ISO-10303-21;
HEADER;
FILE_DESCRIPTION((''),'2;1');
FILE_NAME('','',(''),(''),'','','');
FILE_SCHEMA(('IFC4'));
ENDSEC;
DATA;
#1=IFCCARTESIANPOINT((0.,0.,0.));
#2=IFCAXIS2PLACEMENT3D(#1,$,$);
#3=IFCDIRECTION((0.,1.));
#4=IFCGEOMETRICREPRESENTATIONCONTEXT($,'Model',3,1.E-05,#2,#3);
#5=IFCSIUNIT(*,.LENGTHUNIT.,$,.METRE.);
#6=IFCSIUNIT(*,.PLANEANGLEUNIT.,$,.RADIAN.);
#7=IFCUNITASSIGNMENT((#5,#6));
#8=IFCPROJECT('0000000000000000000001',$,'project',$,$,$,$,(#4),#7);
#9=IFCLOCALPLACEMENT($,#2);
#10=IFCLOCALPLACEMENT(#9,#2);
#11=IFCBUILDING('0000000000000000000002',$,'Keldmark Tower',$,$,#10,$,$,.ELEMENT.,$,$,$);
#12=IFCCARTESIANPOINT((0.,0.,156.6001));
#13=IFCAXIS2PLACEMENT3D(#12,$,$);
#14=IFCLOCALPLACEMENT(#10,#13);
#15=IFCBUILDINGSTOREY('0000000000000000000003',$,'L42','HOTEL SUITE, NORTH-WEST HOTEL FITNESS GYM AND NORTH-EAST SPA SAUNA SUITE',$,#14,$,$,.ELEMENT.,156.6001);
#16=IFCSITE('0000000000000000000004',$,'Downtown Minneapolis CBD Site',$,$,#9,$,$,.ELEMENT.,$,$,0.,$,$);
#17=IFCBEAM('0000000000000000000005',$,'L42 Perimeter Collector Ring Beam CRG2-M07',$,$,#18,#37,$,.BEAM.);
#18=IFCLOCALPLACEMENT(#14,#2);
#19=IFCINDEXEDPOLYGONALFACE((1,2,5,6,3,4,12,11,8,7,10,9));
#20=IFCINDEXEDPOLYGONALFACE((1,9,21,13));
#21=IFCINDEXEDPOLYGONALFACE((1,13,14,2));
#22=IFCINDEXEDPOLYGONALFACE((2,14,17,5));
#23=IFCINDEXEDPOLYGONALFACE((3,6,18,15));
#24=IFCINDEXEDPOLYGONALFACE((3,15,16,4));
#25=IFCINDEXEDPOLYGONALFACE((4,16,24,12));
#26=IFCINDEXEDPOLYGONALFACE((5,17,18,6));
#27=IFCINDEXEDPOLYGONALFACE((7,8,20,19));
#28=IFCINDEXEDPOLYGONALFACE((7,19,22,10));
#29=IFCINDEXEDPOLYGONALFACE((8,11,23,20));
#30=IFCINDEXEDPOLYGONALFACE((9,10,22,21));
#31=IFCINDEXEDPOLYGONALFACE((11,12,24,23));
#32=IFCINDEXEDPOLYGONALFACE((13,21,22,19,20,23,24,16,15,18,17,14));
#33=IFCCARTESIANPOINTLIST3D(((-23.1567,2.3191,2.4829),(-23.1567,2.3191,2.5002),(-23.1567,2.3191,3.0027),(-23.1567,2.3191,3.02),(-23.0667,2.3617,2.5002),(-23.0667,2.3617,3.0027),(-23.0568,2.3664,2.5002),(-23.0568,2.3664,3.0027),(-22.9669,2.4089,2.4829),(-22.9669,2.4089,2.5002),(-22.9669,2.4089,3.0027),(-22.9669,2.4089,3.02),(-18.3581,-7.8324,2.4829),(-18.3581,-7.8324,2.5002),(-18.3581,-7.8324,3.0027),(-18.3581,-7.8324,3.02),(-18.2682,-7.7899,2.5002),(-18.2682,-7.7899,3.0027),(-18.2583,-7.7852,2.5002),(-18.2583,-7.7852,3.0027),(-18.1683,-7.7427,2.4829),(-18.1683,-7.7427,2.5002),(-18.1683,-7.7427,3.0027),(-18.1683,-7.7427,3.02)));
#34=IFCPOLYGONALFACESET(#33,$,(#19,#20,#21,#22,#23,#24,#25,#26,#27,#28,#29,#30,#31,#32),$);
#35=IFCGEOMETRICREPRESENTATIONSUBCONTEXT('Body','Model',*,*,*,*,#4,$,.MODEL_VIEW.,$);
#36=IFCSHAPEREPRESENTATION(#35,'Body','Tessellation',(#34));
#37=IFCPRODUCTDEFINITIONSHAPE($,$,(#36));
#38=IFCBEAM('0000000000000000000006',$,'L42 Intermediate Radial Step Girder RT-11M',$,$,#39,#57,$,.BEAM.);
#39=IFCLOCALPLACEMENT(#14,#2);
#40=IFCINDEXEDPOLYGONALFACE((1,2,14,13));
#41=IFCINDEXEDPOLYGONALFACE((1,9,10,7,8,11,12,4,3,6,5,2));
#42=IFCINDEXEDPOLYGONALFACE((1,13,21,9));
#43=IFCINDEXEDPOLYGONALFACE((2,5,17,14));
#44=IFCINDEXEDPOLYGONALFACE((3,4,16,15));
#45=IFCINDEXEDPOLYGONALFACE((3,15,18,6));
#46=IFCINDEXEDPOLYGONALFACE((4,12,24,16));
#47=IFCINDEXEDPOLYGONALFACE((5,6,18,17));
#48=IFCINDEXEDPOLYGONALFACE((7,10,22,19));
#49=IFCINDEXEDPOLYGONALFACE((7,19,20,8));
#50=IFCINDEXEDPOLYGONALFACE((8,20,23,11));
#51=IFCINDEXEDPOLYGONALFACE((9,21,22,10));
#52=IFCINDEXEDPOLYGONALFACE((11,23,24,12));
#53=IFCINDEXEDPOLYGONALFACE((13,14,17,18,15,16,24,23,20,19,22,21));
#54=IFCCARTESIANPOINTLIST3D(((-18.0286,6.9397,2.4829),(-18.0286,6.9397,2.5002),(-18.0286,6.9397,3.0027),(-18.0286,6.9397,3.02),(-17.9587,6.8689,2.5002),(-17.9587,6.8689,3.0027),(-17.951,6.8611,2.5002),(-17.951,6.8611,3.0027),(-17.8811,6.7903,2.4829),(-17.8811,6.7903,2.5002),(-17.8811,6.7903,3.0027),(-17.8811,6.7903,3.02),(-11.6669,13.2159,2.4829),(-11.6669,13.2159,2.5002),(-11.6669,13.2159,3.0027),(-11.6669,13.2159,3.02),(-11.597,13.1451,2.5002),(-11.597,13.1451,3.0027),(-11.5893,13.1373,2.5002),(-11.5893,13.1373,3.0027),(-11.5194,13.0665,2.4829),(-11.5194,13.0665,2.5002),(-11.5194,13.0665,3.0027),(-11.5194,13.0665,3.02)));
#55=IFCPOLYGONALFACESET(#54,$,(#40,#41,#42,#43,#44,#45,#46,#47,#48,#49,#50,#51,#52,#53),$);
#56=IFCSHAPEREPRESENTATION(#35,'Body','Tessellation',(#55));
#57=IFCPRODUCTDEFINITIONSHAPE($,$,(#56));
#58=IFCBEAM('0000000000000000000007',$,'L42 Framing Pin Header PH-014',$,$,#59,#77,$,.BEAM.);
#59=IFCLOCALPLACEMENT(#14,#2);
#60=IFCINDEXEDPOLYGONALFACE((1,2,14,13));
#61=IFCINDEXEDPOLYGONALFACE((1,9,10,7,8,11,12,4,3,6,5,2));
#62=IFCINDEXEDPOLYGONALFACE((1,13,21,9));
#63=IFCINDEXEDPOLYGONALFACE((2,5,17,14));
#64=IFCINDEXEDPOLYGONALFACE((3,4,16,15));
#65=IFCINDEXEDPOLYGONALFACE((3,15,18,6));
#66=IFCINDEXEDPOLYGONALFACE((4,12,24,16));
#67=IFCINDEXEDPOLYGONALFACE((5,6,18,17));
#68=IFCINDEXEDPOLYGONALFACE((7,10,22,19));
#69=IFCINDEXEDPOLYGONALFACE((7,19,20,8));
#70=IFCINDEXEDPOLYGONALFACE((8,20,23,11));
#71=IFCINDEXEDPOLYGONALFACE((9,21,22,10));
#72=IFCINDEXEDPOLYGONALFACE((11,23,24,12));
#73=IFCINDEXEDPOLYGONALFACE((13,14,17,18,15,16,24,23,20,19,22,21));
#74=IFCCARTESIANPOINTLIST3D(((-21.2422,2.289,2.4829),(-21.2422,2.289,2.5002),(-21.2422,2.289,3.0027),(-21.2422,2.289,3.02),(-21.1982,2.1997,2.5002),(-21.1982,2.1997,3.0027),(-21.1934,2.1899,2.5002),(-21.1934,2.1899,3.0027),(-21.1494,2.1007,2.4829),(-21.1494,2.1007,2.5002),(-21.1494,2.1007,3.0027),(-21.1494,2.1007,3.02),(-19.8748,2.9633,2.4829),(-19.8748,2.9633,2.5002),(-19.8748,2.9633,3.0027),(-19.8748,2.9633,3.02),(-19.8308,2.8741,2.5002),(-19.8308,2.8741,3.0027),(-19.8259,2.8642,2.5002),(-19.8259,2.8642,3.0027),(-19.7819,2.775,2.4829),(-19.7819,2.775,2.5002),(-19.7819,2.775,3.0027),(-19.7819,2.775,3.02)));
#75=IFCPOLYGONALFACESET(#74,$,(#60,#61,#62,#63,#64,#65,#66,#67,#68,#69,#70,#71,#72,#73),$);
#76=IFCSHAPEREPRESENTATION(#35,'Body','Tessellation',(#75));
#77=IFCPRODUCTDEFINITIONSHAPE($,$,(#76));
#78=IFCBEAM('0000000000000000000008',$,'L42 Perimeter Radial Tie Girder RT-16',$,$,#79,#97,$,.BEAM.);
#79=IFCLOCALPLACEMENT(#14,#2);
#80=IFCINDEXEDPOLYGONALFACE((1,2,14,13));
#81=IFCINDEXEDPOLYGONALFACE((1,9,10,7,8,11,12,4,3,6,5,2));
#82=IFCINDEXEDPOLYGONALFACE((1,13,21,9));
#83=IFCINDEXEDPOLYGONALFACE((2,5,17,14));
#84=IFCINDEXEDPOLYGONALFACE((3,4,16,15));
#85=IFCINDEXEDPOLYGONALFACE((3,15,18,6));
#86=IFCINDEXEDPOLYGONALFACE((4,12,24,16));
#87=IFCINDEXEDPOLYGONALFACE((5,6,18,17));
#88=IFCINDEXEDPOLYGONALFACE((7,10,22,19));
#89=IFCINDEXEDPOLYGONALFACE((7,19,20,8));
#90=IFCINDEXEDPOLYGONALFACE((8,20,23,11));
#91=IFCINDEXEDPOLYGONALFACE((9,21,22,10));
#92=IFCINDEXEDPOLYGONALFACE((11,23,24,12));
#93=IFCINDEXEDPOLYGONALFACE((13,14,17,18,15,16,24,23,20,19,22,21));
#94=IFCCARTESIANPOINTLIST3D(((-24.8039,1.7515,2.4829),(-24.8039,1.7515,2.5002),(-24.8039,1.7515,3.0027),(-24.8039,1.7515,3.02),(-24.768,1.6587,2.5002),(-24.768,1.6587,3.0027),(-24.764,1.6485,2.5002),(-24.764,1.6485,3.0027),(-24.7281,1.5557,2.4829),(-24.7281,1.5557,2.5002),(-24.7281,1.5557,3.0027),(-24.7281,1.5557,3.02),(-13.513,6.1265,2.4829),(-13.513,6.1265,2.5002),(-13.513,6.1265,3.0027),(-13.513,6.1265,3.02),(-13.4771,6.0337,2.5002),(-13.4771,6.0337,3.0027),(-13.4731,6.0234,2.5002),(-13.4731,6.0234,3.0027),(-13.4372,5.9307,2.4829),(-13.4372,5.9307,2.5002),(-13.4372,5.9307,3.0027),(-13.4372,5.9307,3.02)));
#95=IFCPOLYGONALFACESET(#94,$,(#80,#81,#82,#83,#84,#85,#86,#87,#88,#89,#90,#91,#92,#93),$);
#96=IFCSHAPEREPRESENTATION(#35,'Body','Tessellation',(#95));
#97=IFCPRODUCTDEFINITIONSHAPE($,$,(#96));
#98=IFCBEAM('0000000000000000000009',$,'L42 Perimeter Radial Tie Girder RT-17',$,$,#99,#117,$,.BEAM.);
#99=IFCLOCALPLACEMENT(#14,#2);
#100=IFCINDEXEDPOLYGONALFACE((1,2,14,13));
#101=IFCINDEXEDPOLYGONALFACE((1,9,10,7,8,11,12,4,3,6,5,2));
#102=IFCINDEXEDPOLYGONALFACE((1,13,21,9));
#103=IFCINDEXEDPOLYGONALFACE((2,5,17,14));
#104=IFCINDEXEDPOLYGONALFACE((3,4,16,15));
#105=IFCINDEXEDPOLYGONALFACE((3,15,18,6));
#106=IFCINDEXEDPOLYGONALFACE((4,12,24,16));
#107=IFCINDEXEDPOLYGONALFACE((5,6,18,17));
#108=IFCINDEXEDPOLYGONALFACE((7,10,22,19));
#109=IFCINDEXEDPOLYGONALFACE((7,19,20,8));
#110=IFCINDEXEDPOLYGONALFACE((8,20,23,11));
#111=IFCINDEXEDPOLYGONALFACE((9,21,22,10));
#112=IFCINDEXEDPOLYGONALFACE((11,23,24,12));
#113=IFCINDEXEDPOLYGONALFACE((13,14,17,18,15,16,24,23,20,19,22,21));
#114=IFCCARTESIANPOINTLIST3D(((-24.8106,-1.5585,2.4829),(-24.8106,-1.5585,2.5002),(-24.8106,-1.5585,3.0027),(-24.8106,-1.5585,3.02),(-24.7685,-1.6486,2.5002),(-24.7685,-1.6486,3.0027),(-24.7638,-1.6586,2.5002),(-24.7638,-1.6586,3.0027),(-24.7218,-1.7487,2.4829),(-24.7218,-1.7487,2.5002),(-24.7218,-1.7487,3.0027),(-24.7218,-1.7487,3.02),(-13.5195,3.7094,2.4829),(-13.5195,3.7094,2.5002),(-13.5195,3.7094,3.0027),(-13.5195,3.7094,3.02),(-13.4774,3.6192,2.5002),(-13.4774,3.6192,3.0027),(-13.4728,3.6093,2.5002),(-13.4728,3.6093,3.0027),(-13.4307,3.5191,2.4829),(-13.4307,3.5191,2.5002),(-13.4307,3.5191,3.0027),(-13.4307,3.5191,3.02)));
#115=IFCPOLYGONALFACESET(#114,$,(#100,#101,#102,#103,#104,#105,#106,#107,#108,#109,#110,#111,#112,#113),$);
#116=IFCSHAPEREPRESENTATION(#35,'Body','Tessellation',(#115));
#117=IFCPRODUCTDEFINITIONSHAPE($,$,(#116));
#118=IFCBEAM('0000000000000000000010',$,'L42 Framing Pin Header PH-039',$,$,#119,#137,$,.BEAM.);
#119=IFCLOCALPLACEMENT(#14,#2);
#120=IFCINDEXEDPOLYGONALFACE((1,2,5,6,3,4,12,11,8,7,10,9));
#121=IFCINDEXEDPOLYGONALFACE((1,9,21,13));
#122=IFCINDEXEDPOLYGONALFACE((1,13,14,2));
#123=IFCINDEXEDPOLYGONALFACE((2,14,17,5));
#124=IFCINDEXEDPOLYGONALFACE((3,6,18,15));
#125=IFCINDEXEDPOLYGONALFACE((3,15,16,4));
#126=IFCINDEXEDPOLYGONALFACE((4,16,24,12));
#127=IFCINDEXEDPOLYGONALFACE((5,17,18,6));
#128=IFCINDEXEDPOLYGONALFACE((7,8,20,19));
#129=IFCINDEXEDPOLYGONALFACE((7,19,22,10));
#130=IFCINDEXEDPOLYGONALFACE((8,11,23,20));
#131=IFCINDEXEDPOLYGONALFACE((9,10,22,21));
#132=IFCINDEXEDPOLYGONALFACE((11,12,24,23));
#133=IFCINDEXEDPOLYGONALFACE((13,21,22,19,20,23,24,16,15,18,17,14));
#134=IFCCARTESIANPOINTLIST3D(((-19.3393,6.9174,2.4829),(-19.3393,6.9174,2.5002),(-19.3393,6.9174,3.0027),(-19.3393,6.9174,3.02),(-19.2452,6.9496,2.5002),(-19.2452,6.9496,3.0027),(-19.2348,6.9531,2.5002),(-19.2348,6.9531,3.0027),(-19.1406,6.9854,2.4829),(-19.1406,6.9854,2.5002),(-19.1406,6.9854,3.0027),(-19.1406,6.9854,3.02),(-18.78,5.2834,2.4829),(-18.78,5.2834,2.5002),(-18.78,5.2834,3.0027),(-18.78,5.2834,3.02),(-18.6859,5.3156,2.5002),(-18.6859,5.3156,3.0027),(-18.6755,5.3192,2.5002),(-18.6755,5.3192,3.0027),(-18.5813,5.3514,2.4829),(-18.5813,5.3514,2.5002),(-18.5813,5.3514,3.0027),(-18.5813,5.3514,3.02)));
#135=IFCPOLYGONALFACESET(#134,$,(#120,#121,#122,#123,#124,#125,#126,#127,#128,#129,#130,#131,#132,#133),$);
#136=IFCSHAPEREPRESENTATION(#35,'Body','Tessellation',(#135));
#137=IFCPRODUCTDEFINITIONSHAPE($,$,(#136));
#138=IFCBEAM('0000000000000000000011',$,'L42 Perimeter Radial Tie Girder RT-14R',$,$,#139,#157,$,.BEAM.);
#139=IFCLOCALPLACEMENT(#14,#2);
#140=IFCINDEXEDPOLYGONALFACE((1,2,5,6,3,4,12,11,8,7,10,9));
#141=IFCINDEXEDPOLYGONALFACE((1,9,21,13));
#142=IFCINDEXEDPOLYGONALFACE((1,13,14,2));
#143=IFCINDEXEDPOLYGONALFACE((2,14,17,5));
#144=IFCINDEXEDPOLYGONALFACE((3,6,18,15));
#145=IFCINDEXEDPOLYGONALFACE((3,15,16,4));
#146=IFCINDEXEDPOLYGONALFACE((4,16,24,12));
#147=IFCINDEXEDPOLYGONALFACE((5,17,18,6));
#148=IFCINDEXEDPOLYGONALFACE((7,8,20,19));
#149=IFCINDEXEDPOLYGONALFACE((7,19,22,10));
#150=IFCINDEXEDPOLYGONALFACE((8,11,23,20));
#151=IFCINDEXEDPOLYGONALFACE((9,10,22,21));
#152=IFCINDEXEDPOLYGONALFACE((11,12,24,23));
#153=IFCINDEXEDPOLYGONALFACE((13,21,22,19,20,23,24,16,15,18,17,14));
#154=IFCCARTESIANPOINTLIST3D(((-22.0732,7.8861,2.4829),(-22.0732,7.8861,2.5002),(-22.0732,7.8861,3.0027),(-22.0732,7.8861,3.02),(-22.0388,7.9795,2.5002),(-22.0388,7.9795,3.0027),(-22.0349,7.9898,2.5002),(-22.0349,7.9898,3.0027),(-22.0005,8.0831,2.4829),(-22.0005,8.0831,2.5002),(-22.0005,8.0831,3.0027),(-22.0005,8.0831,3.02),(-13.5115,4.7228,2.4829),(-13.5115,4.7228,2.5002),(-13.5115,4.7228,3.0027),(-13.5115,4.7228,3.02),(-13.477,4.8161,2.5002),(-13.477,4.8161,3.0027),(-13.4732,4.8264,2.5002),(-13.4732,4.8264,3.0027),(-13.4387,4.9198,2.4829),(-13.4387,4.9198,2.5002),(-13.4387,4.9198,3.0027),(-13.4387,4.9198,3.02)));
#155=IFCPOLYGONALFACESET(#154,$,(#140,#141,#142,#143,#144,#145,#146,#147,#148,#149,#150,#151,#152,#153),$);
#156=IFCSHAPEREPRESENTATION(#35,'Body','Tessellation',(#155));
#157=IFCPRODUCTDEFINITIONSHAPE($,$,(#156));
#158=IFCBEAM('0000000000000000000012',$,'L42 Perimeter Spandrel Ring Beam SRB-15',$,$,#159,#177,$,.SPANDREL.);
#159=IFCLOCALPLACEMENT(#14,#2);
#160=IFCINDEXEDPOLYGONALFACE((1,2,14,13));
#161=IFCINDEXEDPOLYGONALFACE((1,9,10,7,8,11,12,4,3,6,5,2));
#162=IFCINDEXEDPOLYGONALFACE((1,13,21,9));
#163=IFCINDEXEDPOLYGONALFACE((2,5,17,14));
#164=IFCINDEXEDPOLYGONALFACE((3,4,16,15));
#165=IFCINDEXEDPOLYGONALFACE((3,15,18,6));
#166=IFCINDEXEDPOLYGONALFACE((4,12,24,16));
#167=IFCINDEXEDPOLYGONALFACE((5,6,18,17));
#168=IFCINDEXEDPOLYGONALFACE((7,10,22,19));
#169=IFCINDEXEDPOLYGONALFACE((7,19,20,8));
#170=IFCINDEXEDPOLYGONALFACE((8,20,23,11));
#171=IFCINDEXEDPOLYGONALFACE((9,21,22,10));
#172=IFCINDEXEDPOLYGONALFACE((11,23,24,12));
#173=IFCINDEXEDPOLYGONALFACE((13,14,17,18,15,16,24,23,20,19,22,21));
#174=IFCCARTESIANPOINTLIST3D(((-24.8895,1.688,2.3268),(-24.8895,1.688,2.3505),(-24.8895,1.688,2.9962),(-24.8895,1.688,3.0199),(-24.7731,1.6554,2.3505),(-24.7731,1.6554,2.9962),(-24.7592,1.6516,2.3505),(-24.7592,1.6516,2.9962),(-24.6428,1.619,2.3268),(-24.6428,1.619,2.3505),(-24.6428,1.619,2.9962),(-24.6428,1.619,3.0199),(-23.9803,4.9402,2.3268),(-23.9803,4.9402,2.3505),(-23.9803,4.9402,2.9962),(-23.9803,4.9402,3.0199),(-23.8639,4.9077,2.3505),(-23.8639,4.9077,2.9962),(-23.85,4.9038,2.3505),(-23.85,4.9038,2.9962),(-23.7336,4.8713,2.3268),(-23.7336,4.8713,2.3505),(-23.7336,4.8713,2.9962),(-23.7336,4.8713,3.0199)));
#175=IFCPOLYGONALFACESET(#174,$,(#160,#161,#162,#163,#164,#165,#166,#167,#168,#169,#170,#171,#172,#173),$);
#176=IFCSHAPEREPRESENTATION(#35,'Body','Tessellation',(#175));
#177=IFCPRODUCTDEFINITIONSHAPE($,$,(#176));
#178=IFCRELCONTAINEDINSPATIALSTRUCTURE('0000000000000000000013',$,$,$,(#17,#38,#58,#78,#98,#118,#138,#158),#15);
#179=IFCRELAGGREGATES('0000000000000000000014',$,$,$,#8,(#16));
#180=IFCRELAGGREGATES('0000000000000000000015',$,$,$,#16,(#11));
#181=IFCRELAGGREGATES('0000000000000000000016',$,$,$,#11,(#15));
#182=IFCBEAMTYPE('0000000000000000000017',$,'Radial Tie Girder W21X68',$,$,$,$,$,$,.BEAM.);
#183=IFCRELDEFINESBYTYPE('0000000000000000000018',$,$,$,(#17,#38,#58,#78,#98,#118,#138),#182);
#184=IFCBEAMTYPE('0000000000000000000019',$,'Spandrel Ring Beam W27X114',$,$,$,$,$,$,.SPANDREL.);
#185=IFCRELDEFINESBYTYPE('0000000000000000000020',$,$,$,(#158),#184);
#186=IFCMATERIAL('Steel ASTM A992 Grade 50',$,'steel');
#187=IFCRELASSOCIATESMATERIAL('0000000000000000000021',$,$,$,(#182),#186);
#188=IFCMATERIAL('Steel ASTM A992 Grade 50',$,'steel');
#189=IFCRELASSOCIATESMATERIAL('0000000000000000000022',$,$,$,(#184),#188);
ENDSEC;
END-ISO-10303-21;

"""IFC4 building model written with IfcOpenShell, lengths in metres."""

from ifc_helpers import new_model, si_unit, direction, frame, origin, origin_2d, place, context, subcontext, project, spatial, i_section, extrude, material, material_profile, profile_set, type_object, element, save


model = new_model("IFC4")

# Units and contexts
model_context = context("Model", 3, precision=1e-05, world=origin(), true_north=direction((0.0, 1.0)))
body_context = subcontext(model_context, "Body", "Model", "MODEL_VIEW")
ifc_project = project(units=[si_unit("LENGTHUNIT", "METRE"), si_unit("PLANEANGLEUNIT", "RADIAN")], contexts=[model_context])

# Site, building, storey
site_placement = place(None, origin())
site = spatial("IfcSite", under=ifc_project, at=site_placement, Name="Downtown Minneapolis CBD Site", CompositionType="ELEMENT", RefElevation=0.0)
building_placement = place(site_placement, origin())
building = spatial("IfcBuilding", under=site, at=building_placement, Name="Keldmark Tower", CompositionType="ELEMENT")
storey_placement = place(building_placement, frame((0.0, 0.0, 156.6001)))
storey = spatial("IfcBuildingStorey", under=building, at=storey_placement, Name="L42", Description="HOTEL SUITE, NORTH-WEST HOTEL FITNESS GYM AND NORTH-EAST SPA SAUNA SUITE", CompositionType="ELEMENT", Elevation=156.6001)

# Beams
ifc_material_1 = material(Name="Steel ASTM A992 Grade 50", Category="steel")
ifc_material_profile_1 = material_profile(ifc_material_1, i_section(OverallWidth=0.21, OverallDepth=0.5371, WebThickness=0.011, FlangeThickness=0.0173, at=origin_2d()), Name="W21X68")
ifc_profile_set_1 = profile_set([ifc_material_profile_1], Name="Steel ASTM A992 Grade 50")
beam_type_1 = type_object("IfcBeamType", Name="Radial Tie Girder W21X68", PredefinedType="BEAM", material=ifc_profile_set_1)
beam_1_placement = place(storey_placement, frame((-23.0618, 2.364, 2.7515), z_axis=(0.427353, -0.904085, 0.0), x_axis=(0.904085, 0.427353, 0.0)))
element("IfcBeam", 1, at=beam_1_placement, inside=storey, type_object=beam_type_1, Name="L42 Perimeter Collector Ring Beam CRG2-M07", PredefinedType="BEAM", context=body_context, shape_type="SweptSolid", body=[
    extrude(i_section(OverallWidth=0.21, OverallDepth=0.5371, WebThickness=0.011, FlangeThickness=0.0173, at=origin_2d()), origin(), (0.0, 0.0, 1.0), 11.2285),
])
beam_2_placement = place(storey_placement, frame((-17.9548, 6.865, 2.7515), z_axis=(0.711872, 0.70231, 0.0), x_axis=(-0.70231, 0.711872, 0.0)))
element("IfcBeam", 2, at=beam_2_placement, inside=storey, type_object=beam_type_1, Name="L42 Intermediate Radial Step Girder RT-11M", PredefinedType="BEAM", context=body_context, shape_type="SweptSolid", body=[
    extrude(i_section(OverallWidth=0.21, OverallDepth=0.5371, WebThickness=0.011, FlangeThickness=0.0173, at=origin_2d()), origin(), (0.0, 0.0, 1.0), 8.9365),
])
beam_3_placement = place(storey_placement, frame((-19.8284, 2.8691, 2.7515), z_axis=(-0.89688, -0.442275, 0.0), x_axis=(0.442275, -0.89688, 0.0)))
element("IfcBeam", 3, at=beam_3_placement, inside=storey, type_object=beam_type_1, Name="L42 Framing Pin Header PH-014", PredefinedType="BEAM", context=body_context, shape_type="SweptSolid", body=[
    extrude(i_section(OverallWidth=0.21, OverallDepth=0.5371, WebThickness=0.011, FlangeThickness=0.0173, at=origin_2d()), origin(), (0.0, 0.0, 1.0), 1.5247),
])
beam_4_placement = place(storey_placement, frame((-13.4751, 6.0286, 2.7515), z_axis=(-0.932449, -0.361302, 0.0), x_axis=(0.361302, -0.932449, 0.0)))
element("IfcBeam", 4, at=beam_4_placement, inside=storey, type_object=beam_type_1, Name="L42 Perimeter Radial Tie Girder RT-16", PredefinedType="BEAM", context=body_context, shape_type="SweptSolid", body=[
    extrude(i_section(OverallWidth=0.21, OverallDepth=0.5371, WebThickness=0.011, FlangeThickness=0.0173, at=origin_2d()), origin(), (0.0, 0.0, 1.0), 12.1089),
])
beam_5_placement = place(storey_placement, frame((-13.4751, 3.6143, 2.7515), z_axis=(-0.906224, -0.422799, 0.0), x_axis=(0.422799, -0.906224, 0.0)))
element("IfcBeam", 5, at=beam_5_placement, inside=storey, type_object=beam_type_1, Name="L42 Perimeter Radial Tie Girder RT-17", PredefinedType="BEAM", context=body_context, shape_type="SweptSolid", body=[
    extrude(i_section(OverallWidth=0.21, OverallDepth=0.5371, WebThickness=0.011, FlangeThickness=0.0173, at=origin_2d()), origin(), (0.0, 0.0, 1.0), 12.4595),
])
beam_6_placement = place(storey_placement, frame((-18.6807, 5.3174, 2.7515), z_axis=(-0.323851, 0.946108, 0.0), x_axis=(-0.946108, -0.323851, 0.0)))
element("IfcBeam", 6, at=beam_6_placement, inside=storey, type_object=beam_type_1, Name="L42 Framing Pin Header PH-039", PredefinedType="BEAM", context=body_context, shape_type="SweptSolid", body=[
    extrude(i_section(OverallWidth=0.21, OverallDepth=0.5371, WebThickness=0.011, FlangeThickness=0.0173, at=origin_2d()), origin(), (0.0, 0.0, 1.0), 1.7271),
])
beam_7_placement = place(storey_placement, frame((-13.4751, 4.8213, 2.7515), z_axis=(-0.938023, 0.346573, 0.0), x_axis=(-0.346573, -0.938023, 0.0)))
element("IfcBeam", 7, at=beam_7_placement, inside=storey, type_object=beam_type_1, Name="L42 Perimeter Radial Tie Girder RT-14R", PredefinedType="BEAM", context=body_context, shape_type="SweptSolid", body=[
    extrude(i_section(OverallWidth=0.21, OverallDepth=0.5371, WebThickness=0.011, FlangeThickness=0.0173, at=origin_2d()), origin(), (0.0, 0.0, 1.0), 9.1274),
])
ifc_material_2 = material(Name="Steel ASTM A992 Grade 50", Category="steel")
ifc_material_profile_2 = material_profile(ifc_material_2, i_section(OverallWidth=0.2561, OverallDepth=0.6931, WebThickness=0.0144, FlangeThickness=0.0237, at=origin_2d()), Name="W27X114")
ifc_profile_set_2 = profile_set([ifc_material_profile_2], Name="Steel ASTM A992 Grade 50")
beam_type_2 = type_object("IfcBeamType", Name="Spandrel Ring Beam W27X114", PredefinedType="SPANDREL", material=ifc_profile_set_2)
beam_8_placement = place(storey_placement, frame((-23.8569, 4.9058, 2.6733), z_axis=(-0.269236, -0.963074, 0.0), x_axis=(0.963074, -0.269236, 0.0)))
element("IfcBeam", 8, at=beam_8_placement, inside=storey, type_object=beam_type_2, Name="L42 Perimeter Spandrel Ring Beam SRB-15", PredefinedType="SPANDREL", context=body_context, shape_type="SweptSolid", body=[
    extrude(i_section(OverallWidth=0.2561, OverallDepth=0.6931, WebThickness=0.0144, FlangeThickness=0.0237, at=origin_2d()), origin(), (0.0, 0.0, 1.0), 3.377),
])

save(model, "model.ifc")
